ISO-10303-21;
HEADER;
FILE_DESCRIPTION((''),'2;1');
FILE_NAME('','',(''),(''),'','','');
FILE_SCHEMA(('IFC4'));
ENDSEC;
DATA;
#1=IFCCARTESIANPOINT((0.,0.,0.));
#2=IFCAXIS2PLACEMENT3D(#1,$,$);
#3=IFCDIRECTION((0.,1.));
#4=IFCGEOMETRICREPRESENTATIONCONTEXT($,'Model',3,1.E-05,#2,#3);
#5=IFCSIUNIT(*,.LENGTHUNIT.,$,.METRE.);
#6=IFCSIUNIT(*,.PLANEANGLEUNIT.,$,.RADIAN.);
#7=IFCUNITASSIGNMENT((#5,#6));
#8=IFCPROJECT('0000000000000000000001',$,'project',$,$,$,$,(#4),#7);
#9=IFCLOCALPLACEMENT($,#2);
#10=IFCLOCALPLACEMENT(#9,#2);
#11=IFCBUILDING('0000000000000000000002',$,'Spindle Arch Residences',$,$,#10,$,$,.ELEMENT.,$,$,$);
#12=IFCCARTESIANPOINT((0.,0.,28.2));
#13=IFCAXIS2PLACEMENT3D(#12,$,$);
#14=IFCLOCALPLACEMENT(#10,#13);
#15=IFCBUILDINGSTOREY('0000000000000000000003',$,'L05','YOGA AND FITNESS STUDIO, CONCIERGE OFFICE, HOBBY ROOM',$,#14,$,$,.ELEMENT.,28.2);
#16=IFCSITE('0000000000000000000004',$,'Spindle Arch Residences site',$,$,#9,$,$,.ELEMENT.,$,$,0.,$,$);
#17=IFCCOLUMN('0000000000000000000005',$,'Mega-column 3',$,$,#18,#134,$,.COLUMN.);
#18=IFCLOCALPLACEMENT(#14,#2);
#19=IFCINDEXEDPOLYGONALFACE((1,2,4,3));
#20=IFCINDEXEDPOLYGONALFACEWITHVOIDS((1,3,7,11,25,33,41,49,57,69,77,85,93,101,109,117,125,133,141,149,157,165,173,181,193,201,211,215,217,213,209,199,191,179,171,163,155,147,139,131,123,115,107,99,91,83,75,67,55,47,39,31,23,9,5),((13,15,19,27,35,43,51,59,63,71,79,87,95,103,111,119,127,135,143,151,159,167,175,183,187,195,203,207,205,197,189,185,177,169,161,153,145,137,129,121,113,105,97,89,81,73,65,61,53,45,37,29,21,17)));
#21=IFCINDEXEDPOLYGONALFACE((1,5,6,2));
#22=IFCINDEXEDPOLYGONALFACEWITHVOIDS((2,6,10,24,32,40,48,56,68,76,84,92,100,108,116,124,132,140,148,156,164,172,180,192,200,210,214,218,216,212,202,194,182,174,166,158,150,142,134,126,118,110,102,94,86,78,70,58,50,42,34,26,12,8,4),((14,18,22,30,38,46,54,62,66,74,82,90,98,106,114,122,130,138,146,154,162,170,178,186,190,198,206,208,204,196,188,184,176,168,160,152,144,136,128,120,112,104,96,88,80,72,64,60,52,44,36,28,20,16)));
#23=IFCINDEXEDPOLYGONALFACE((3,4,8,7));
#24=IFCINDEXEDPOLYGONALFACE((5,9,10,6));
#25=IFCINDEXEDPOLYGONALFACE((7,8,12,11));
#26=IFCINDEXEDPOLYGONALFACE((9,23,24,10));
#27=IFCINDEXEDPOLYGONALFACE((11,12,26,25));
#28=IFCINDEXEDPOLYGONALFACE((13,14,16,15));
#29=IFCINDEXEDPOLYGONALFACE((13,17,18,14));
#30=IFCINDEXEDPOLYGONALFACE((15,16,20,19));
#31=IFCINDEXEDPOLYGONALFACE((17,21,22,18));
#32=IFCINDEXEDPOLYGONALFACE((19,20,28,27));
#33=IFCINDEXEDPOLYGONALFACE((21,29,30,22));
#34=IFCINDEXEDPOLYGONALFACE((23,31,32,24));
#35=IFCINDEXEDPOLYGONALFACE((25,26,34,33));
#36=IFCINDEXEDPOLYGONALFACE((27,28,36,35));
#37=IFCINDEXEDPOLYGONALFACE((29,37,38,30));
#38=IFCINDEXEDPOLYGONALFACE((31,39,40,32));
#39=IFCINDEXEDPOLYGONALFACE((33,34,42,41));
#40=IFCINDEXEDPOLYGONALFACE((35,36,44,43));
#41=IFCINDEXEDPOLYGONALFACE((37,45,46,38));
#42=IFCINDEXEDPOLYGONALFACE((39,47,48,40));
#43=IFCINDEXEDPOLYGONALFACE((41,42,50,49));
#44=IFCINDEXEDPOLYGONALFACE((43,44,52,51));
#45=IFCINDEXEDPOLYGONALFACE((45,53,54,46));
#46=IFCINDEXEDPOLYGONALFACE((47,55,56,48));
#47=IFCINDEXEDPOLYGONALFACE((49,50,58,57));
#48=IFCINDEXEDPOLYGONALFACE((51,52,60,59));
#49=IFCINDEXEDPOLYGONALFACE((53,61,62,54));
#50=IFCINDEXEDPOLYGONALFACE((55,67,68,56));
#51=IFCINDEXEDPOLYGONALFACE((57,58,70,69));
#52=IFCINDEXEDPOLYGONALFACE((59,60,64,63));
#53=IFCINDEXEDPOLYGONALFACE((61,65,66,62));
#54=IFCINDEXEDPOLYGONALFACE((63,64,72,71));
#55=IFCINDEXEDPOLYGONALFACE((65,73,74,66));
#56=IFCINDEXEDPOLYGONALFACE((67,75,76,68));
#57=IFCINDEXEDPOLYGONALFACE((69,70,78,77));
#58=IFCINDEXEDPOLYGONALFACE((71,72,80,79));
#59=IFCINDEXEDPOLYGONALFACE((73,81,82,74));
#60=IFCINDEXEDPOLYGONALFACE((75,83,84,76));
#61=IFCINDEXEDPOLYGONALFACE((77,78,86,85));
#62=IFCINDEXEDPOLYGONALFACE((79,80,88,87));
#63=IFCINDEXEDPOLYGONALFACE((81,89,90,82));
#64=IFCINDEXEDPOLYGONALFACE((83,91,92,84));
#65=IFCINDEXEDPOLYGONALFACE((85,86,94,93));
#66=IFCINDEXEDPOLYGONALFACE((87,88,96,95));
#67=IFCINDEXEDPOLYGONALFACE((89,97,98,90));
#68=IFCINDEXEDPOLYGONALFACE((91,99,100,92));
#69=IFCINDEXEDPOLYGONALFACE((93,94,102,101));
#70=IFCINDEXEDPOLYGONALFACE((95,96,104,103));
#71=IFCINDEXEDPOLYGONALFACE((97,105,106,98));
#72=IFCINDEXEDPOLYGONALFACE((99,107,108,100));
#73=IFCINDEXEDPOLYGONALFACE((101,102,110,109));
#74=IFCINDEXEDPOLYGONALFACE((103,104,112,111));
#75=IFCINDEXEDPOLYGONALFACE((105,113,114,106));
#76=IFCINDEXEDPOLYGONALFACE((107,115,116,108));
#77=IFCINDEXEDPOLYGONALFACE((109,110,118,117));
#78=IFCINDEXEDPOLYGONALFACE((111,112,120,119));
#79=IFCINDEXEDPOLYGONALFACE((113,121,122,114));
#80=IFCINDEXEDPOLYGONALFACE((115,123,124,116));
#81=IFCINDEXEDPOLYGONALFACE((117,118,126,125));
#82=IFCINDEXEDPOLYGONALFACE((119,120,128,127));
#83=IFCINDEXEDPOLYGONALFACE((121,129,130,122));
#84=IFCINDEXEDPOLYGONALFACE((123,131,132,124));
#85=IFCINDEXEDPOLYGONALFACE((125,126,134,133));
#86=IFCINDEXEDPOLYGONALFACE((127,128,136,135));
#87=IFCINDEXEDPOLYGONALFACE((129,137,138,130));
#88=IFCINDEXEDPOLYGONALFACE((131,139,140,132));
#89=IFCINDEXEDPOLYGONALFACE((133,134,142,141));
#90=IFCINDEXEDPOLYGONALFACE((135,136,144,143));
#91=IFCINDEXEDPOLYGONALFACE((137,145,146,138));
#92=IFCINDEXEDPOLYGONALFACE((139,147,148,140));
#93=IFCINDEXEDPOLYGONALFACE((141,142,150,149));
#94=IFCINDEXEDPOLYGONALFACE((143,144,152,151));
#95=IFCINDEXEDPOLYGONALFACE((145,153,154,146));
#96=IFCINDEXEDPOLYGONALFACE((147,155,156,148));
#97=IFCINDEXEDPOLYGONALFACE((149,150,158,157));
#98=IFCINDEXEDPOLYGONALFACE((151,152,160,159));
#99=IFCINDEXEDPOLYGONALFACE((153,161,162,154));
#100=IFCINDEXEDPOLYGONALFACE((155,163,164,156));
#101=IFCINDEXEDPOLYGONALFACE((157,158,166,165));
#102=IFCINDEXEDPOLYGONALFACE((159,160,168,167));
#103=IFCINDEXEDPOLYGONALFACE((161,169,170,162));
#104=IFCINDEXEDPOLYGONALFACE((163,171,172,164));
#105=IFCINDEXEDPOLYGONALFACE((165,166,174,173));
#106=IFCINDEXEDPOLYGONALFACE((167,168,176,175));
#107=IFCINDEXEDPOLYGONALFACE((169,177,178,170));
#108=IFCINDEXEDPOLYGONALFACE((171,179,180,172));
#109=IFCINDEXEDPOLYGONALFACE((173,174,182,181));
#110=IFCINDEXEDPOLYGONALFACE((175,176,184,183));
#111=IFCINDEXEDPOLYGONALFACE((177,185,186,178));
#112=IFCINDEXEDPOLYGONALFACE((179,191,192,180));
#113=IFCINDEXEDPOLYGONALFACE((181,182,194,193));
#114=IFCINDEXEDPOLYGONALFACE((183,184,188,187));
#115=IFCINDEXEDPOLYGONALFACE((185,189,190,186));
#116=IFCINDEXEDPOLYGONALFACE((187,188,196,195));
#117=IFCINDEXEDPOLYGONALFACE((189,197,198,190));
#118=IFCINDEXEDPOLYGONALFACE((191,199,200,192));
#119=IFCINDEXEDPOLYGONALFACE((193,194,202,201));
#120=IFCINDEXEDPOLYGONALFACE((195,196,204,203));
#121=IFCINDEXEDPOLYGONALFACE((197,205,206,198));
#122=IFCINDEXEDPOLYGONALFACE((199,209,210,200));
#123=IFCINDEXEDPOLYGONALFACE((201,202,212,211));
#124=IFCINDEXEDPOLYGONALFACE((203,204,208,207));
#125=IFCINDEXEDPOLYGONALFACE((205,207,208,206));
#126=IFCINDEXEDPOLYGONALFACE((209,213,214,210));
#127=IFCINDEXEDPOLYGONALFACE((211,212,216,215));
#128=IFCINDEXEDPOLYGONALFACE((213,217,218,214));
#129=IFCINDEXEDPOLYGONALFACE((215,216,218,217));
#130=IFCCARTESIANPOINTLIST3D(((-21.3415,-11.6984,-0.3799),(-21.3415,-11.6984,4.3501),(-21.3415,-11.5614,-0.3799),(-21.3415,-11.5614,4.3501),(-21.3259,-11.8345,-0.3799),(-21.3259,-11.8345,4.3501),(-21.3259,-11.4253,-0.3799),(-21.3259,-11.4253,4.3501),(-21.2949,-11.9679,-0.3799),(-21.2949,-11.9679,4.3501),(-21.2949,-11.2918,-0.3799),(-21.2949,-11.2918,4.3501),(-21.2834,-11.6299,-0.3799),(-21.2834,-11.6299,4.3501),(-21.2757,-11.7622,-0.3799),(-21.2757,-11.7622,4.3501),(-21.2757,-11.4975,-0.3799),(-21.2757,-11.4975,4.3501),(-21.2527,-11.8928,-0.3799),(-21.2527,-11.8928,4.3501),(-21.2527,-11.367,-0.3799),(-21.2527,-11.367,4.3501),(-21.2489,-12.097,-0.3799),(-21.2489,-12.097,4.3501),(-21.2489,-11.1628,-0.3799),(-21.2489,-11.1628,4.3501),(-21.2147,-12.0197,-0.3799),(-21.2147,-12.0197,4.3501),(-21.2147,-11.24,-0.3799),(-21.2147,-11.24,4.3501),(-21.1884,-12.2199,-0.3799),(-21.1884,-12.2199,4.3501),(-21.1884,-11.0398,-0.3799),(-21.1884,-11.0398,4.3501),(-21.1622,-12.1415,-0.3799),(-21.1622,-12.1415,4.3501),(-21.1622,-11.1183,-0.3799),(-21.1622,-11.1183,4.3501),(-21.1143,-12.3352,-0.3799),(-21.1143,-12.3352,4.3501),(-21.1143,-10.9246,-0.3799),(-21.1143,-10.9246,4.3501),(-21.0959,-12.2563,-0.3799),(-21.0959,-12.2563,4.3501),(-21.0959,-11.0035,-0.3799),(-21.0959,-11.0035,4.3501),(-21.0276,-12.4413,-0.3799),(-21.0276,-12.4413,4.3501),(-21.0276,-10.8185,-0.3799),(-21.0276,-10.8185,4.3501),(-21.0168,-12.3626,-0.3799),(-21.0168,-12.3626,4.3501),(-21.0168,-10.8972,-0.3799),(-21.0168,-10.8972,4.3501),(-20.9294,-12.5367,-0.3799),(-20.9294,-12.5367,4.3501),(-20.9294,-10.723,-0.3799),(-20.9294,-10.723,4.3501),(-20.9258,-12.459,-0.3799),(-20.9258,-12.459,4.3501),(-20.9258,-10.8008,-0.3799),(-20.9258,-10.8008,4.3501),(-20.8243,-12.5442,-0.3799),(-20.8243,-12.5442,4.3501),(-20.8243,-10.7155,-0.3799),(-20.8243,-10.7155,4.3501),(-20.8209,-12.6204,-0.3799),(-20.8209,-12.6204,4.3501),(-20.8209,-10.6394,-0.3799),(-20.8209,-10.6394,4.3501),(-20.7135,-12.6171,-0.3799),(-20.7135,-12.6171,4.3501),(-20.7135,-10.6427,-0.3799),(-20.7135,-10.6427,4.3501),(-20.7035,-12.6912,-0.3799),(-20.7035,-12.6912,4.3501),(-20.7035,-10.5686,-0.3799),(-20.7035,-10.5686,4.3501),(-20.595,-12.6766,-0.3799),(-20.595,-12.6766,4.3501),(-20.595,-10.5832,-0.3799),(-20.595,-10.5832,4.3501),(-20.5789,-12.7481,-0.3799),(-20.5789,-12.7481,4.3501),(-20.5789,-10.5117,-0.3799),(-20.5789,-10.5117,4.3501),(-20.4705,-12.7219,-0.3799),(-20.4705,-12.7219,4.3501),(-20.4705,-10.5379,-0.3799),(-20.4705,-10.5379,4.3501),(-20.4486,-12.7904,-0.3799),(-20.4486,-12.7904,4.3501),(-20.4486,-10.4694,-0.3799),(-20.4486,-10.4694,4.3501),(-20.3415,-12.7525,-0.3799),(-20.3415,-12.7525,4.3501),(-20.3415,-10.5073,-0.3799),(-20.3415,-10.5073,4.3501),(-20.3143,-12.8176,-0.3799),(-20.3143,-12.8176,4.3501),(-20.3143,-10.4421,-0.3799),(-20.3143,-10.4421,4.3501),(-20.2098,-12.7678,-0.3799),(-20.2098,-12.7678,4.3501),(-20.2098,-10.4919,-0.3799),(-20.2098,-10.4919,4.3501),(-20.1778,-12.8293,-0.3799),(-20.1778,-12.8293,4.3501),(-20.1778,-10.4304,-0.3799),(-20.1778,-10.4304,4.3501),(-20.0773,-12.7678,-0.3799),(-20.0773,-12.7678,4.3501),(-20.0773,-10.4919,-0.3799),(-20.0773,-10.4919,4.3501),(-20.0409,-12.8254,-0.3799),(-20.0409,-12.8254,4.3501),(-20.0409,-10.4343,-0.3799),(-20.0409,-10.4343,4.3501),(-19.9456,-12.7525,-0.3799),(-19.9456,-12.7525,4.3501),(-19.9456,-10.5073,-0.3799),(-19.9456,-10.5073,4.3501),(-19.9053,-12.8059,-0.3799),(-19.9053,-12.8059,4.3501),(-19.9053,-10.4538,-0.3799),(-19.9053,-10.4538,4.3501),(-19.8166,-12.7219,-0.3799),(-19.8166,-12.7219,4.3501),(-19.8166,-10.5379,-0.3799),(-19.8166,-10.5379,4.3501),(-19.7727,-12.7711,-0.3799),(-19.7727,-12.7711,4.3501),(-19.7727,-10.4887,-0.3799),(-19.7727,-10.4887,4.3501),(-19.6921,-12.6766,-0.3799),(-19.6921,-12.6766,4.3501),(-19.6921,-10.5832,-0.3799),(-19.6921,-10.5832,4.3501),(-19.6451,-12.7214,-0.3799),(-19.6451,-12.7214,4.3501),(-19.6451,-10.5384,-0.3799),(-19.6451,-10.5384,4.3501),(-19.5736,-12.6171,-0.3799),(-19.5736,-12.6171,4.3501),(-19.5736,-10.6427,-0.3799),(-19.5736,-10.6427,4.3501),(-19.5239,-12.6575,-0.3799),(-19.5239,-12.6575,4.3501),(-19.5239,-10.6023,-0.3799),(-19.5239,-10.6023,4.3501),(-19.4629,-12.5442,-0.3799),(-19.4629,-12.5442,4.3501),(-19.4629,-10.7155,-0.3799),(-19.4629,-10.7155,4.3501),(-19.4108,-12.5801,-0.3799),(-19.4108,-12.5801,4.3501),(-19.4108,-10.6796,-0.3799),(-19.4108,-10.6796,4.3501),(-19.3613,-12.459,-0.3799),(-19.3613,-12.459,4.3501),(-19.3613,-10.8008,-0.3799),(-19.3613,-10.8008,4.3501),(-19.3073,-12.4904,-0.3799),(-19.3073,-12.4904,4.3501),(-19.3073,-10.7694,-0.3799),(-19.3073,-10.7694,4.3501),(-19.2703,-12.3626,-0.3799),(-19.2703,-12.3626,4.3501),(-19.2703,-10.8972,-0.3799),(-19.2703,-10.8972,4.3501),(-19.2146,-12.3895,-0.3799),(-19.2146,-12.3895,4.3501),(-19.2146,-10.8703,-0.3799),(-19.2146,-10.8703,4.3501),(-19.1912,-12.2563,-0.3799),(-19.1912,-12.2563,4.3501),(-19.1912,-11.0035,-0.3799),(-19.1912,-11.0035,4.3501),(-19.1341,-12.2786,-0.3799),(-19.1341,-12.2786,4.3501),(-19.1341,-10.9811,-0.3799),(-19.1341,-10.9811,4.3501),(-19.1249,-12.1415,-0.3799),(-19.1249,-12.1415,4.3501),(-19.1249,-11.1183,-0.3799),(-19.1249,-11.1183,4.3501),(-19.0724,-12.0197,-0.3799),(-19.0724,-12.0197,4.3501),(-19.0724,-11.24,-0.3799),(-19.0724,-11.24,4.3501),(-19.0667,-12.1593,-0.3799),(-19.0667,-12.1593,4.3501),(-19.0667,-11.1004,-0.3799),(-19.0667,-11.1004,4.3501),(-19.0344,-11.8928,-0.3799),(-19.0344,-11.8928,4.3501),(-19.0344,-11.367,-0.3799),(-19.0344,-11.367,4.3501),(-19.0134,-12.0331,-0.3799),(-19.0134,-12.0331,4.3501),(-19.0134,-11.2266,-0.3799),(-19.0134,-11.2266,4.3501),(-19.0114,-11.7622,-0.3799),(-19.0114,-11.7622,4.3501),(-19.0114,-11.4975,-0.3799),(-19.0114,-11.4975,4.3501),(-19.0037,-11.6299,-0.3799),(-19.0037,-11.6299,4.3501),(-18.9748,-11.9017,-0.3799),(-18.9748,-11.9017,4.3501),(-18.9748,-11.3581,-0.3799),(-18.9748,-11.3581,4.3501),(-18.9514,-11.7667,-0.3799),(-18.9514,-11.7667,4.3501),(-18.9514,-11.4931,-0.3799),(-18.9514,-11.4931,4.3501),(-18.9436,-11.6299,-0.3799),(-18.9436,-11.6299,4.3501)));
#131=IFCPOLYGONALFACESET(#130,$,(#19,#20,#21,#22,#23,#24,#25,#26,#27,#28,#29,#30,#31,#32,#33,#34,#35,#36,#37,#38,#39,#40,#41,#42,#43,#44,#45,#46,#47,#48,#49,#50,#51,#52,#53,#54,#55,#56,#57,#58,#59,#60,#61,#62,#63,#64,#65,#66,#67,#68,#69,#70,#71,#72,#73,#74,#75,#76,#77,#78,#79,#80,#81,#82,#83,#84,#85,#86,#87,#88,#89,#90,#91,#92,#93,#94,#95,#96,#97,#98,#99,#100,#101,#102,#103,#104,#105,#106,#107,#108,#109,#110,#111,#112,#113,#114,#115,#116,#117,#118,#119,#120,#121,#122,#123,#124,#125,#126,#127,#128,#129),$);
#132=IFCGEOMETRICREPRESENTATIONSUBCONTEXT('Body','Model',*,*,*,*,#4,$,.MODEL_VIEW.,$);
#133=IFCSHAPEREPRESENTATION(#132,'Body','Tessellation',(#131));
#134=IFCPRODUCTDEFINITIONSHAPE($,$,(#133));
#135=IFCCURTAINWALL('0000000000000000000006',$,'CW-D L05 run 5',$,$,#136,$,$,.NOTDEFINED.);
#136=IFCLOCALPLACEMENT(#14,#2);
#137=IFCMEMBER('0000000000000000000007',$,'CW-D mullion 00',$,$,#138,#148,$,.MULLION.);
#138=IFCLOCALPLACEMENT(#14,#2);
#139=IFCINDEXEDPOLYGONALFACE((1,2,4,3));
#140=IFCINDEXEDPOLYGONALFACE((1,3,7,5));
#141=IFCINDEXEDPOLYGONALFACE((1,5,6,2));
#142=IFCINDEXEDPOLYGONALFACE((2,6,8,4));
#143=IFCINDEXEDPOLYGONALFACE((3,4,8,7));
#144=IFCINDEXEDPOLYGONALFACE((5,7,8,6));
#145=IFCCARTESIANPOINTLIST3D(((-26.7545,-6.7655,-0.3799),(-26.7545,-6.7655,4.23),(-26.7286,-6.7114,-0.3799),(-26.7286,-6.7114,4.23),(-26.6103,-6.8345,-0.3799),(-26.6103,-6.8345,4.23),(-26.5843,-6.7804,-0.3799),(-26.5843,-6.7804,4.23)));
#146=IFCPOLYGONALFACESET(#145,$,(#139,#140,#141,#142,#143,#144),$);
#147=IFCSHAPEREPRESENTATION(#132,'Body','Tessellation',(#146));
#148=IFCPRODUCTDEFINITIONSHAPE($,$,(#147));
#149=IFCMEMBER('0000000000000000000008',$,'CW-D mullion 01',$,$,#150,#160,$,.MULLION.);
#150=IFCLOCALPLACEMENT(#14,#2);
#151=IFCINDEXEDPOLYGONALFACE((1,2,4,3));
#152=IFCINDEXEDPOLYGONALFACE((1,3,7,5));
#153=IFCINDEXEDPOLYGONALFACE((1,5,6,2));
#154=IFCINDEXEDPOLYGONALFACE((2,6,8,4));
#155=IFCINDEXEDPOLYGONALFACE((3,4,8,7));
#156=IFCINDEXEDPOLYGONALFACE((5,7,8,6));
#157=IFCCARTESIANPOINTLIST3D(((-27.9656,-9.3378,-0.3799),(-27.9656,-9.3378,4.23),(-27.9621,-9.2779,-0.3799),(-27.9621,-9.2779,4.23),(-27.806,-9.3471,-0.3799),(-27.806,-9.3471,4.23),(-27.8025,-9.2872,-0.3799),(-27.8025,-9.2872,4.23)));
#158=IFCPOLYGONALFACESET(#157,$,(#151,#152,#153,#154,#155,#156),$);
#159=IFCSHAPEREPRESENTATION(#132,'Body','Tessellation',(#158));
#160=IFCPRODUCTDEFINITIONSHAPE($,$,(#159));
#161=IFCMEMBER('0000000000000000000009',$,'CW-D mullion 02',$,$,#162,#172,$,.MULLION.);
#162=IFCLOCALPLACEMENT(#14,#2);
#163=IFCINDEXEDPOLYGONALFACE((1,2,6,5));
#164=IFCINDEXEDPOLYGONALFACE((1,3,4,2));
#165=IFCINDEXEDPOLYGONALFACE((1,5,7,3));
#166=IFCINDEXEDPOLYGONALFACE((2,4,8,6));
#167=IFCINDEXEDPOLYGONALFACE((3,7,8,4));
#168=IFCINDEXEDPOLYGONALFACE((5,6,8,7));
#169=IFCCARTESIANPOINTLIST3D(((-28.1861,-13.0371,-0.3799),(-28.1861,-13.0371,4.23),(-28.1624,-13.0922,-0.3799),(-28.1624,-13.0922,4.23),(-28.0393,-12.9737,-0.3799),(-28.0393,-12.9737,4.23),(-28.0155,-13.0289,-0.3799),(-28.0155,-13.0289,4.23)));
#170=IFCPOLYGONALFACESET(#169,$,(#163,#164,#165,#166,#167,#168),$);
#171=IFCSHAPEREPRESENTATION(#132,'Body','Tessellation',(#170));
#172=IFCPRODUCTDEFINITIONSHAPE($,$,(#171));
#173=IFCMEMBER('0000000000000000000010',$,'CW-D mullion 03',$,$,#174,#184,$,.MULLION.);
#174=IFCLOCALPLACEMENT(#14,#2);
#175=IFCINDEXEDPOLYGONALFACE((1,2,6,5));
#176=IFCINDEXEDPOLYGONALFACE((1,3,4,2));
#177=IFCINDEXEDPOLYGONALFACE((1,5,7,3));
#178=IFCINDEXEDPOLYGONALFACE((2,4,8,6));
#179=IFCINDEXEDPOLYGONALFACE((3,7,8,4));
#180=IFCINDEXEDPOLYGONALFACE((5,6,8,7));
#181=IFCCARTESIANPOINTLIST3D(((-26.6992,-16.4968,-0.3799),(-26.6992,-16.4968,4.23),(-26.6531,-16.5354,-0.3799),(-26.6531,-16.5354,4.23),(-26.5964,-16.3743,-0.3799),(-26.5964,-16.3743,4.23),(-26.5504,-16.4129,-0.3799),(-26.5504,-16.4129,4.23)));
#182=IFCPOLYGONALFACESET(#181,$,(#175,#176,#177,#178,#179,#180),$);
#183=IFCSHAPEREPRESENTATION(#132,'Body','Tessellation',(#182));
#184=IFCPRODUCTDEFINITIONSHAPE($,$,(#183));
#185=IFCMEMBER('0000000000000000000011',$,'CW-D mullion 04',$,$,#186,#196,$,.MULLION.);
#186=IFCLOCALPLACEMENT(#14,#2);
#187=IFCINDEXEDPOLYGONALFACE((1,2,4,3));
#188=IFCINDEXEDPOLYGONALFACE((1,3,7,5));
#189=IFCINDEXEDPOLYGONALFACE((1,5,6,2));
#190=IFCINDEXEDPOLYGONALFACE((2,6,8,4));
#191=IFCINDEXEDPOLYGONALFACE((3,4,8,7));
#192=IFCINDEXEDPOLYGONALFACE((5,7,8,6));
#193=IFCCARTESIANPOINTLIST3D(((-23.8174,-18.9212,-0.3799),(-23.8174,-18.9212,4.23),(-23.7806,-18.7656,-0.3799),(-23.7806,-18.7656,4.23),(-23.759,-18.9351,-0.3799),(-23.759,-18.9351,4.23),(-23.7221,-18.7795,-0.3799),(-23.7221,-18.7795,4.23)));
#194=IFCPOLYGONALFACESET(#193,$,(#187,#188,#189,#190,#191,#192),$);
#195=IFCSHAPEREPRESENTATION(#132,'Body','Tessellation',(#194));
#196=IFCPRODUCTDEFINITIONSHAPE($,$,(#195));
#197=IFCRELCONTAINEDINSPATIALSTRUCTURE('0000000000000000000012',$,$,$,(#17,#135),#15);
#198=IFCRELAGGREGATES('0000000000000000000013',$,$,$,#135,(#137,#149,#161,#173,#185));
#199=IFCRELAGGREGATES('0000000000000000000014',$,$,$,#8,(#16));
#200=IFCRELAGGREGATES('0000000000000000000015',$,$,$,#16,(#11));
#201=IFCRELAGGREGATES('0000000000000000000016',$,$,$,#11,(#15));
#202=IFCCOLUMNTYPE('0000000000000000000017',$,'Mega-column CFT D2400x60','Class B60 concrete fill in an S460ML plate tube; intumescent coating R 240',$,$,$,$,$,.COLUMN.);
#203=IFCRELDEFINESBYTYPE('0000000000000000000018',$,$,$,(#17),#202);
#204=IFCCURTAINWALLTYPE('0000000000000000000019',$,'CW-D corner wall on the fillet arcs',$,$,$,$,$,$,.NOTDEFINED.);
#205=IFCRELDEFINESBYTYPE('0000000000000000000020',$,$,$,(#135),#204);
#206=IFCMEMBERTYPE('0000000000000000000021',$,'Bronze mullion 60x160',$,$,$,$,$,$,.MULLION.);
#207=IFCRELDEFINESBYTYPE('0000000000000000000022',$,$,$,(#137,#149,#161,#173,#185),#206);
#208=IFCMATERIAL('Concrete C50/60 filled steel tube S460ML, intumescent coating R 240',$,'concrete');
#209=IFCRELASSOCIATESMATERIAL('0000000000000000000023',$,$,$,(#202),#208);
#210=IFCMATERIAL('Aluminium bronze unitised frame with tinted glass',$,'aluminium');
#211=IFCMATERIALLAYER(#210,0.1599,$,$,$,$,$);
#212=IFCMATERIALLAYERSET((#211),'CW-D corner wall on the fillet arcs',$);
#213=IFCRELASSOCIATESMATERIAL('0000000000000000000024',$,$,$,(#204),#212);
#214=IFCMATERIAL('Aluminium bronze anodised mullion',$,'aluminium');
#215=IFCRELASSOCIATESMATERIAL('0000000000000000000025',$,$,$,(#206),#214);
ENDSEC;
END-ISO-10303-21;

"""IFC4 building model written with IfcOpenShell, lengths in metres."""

from ifc_helpers import new_model, si_unit, direction, frame, origin, origin_2d, place, context, subcontext, project, spatial, rectangle, hollow_circle, extrude, material, layer, layer_set, material_profile, profile_set, type_object, element, aggregate, save


model = new_model("IFC4")

# Units and contexts
model_context = context("Model", 3, precision=1e-05, world=origin(), true_north=direction((0.0, 1.0)))
body_context = subcontext(model_context, "Body", "Model", "MODEL_VIEW")
ifc_project = project(units=[si_unit("LENGTHUNIT", "METRE"), si_unit("PLANEANGLEUNIT", "RADIAN")], contexts=[model_context])

# Site, building, storey
site_placement = place(None, origin())
site = spatial("IfcSite", under=ifc_project, at=site_placement, Name="Spindle Arch Residences site", CompositionType="ELEMENT", RefElevation=0.0)
building_placement = place(site_placement, origin())
building = spatial("IfcBuilding", under=site, at=building_placement, Name="Spindle Arch Residences", CompositionType="ELEMENT")
storey_placement = place(building_placement, frame((0.0, 0.0, 28.2)))
storey = spatial("IfcBuildingStorey", under=building, at=storey_placement, Name="L05", Description="YOGA AND FITNESS STUDIO, CONCIERGE OFFICE, HOBBY ROOM", CompositionType="ELEMENT", Elevation=28.2)

# Column
ifc_material_1 = material(Name="Concrete C50/60 filled steel tube S460ML, intumescent coating R 240", Category="concrete")
ifc_material_profile_1 = material_profile(ifc_material_1, hollow_circle(Radius=1.2, WallThickness=0.0601, at=origin_2d()), Name="CFT D2400x60")
ifc_profile_set_1 = profile_set([ifc_material_profile_1], Name="Concrete C50/60 filled steel tube S460ML, intumescent coating R 240")
column_type_1 = type_object("IfcColumnType", Name="Mega-column CFT D2400x60", Description="Class B60 concrete fill in an S460ML plate tube; intumescent coating R 240", PredefinedType="COLUMN", material=ifc_profile_set_1)
column_1_placement = place(storey_placement, frame((-20.1436, -11.6299, -0.3799), z_axis=(0.0, 0.0, 1.0), x_axis=(1.0, 0.0, 0.0)))
element("IfcColumn", 1, at=column_1_placement, inside=storey, type_object=column_type_1, Name="Mega-column 3", PredefinedType="COLUMN", context=body_context, shape_type="SweptSolid", body=[
    extrude(hollow_circle(Radius=1.2, WallThickness=0.0601, at=origin_2d()), origin(), (0.0, 0.0, 1.0), 4.73),
])

# Curtain wall, members
ifc_material_2 = material(Name="Aluminium bronze unitised frame with tinted glass", Category="aluminium")
ifc_layer_1 = layer(ifc_material_2, 0.1599)
ifc_layer_set_1 = layer_set([ifc_layer_1], Name="CW-D corner wall on the fillet arcs")
curtain_wall_type_1 = type_object("IfcCurtainWallType", Name="CW-D corner wall on the fillet arcs", PredefinedType="NOTDEFINED", material=ifc_layer_set_1)
curtain_wall_1_placement = place(storey_placement, origin())
curtain_wall_1 = element("IfcCurtainWall", 2, at=curtain_wall_1_placement, inside=storey, type_object=curtain_wall_type_1, Name="CW-D L05 run 5", PredefinedType="NOTDEFINED")
ifc_material_3 = material(Name="Aluminium bronze anodised mullion", Category="aluminium")
ifc_material_profile_2 = material_profile(ifc_material_3, rectangle(XDim=0.1599, YDim=0.0601, at=origin_2d()), Name="MU 60x160")
ifc_profile_set_2 = profile_set([ifc_material_profile_2], Name="Aluminium bronze anodised mullion")
member_type_1 = type_object("IfcMemberType", Name="Bronze mullion 60x160", PredefinedType="MULLION", material=ifc_profile_set_2)
member_1_placement = place(storey_placement, frame((-26.6694, -6.7729, -0.3799), z_axis=(0.0, 0.0, 1.0), x_axis=(0.902112, -0.431502, 0.0)))
member_1 = element("IfcMember", 3, at=member_1_placement, type_object=member_type_1, Name="CW-D mullion 00", PredefinedType="MULLION", context=body_context, shape_type="SweptSolid", body=[
    extrude(rectangle(XDim=0.1599, YDim=0.0601, at=origin_2d()), origin(), (0.0, 0.0, 1.0), 4.6099),
])
member_2_placement = place(storey_placement, frame((-27.884, -9.3125, -0.3799), z_axis=(0.0, 0.0, 1.0), x_axis=(0.998308, -0.058145, 0.0)))
member_2 = element("IfcMember", 4, at=member_2_placement, type_object=member_type_1, Name="CW-D mullion 01", PredefinedType="MULLION", context=body_context, shape_type="SweptSolid", body=[
    extrude(rectangle(XDim=0.1599, YDim=0.0601, at=origin_2d()), origin(), (0.0, 0.0, 1.0), 4.6099),
])
member_3_placement = place(storey_placement, frame((-28.1008, -13.033, -0.3799), z_axis=(0.0, 0.0, 1.0), x_axis=(0.918216, 0.39608, 0.0)))
member_3 = element("IfcMember", 5, at=member_3_placement, type_object=member_type_1, Name="CW-D mullion 02", PredefinedType="MULLION", context=body_context, shape_type="SweptSolid", body=[
    extrude(rectangle(XDim=0.1599, YDim=0.0601, at=origin_2d()), origin(), (0.0, 0.0, 1.0), 4.6099),
])
member_4_placement = place(storey_placement, frame((-26.6248, -16.4548, -0.3799), z_axis=(0.0, 0.0, 1.0), x_axis=(0.642788, 0.766044, 0.0)))
member_4 = element("IfcMember", 6, at=member_4_placement, type_object=member_type_1, Name="CW-D mullion 03", PredefinedType="MULLION", context=body_context, shape_type="SweptSolid", body=[
    extrude(rectangle(XDim=0.1599, YDim=0.0601, at=origin_2d()), origin(), (0.0, 0.0, 1.0), 4.6099),
])
member_5_placement = place(storey_placement, frame((-23.7698, -18.8503, -0.3799), z_axis=(0.0, 0.0, 1.0), x_axis=(0.230616, 0.973045, 0.0)))
member_5 = element("IfcMember", 7, at=member_5_placement, type_object=member_type_1, Name="CW-D mullion 04", PredefinedType="MULLION", context=body_context, shape_type="SweptSolid", body=[
    extrude(rectangle(XDim=0.1599, YDim=0.0601, at=origin_2d()), origin(), (0.0, 0.0, 1.0), 4.6099),
])

aggregate(curtain_wall_1, [member_1, member_2, member_3, member_4, member_5])

save(model, "model.ifc")
